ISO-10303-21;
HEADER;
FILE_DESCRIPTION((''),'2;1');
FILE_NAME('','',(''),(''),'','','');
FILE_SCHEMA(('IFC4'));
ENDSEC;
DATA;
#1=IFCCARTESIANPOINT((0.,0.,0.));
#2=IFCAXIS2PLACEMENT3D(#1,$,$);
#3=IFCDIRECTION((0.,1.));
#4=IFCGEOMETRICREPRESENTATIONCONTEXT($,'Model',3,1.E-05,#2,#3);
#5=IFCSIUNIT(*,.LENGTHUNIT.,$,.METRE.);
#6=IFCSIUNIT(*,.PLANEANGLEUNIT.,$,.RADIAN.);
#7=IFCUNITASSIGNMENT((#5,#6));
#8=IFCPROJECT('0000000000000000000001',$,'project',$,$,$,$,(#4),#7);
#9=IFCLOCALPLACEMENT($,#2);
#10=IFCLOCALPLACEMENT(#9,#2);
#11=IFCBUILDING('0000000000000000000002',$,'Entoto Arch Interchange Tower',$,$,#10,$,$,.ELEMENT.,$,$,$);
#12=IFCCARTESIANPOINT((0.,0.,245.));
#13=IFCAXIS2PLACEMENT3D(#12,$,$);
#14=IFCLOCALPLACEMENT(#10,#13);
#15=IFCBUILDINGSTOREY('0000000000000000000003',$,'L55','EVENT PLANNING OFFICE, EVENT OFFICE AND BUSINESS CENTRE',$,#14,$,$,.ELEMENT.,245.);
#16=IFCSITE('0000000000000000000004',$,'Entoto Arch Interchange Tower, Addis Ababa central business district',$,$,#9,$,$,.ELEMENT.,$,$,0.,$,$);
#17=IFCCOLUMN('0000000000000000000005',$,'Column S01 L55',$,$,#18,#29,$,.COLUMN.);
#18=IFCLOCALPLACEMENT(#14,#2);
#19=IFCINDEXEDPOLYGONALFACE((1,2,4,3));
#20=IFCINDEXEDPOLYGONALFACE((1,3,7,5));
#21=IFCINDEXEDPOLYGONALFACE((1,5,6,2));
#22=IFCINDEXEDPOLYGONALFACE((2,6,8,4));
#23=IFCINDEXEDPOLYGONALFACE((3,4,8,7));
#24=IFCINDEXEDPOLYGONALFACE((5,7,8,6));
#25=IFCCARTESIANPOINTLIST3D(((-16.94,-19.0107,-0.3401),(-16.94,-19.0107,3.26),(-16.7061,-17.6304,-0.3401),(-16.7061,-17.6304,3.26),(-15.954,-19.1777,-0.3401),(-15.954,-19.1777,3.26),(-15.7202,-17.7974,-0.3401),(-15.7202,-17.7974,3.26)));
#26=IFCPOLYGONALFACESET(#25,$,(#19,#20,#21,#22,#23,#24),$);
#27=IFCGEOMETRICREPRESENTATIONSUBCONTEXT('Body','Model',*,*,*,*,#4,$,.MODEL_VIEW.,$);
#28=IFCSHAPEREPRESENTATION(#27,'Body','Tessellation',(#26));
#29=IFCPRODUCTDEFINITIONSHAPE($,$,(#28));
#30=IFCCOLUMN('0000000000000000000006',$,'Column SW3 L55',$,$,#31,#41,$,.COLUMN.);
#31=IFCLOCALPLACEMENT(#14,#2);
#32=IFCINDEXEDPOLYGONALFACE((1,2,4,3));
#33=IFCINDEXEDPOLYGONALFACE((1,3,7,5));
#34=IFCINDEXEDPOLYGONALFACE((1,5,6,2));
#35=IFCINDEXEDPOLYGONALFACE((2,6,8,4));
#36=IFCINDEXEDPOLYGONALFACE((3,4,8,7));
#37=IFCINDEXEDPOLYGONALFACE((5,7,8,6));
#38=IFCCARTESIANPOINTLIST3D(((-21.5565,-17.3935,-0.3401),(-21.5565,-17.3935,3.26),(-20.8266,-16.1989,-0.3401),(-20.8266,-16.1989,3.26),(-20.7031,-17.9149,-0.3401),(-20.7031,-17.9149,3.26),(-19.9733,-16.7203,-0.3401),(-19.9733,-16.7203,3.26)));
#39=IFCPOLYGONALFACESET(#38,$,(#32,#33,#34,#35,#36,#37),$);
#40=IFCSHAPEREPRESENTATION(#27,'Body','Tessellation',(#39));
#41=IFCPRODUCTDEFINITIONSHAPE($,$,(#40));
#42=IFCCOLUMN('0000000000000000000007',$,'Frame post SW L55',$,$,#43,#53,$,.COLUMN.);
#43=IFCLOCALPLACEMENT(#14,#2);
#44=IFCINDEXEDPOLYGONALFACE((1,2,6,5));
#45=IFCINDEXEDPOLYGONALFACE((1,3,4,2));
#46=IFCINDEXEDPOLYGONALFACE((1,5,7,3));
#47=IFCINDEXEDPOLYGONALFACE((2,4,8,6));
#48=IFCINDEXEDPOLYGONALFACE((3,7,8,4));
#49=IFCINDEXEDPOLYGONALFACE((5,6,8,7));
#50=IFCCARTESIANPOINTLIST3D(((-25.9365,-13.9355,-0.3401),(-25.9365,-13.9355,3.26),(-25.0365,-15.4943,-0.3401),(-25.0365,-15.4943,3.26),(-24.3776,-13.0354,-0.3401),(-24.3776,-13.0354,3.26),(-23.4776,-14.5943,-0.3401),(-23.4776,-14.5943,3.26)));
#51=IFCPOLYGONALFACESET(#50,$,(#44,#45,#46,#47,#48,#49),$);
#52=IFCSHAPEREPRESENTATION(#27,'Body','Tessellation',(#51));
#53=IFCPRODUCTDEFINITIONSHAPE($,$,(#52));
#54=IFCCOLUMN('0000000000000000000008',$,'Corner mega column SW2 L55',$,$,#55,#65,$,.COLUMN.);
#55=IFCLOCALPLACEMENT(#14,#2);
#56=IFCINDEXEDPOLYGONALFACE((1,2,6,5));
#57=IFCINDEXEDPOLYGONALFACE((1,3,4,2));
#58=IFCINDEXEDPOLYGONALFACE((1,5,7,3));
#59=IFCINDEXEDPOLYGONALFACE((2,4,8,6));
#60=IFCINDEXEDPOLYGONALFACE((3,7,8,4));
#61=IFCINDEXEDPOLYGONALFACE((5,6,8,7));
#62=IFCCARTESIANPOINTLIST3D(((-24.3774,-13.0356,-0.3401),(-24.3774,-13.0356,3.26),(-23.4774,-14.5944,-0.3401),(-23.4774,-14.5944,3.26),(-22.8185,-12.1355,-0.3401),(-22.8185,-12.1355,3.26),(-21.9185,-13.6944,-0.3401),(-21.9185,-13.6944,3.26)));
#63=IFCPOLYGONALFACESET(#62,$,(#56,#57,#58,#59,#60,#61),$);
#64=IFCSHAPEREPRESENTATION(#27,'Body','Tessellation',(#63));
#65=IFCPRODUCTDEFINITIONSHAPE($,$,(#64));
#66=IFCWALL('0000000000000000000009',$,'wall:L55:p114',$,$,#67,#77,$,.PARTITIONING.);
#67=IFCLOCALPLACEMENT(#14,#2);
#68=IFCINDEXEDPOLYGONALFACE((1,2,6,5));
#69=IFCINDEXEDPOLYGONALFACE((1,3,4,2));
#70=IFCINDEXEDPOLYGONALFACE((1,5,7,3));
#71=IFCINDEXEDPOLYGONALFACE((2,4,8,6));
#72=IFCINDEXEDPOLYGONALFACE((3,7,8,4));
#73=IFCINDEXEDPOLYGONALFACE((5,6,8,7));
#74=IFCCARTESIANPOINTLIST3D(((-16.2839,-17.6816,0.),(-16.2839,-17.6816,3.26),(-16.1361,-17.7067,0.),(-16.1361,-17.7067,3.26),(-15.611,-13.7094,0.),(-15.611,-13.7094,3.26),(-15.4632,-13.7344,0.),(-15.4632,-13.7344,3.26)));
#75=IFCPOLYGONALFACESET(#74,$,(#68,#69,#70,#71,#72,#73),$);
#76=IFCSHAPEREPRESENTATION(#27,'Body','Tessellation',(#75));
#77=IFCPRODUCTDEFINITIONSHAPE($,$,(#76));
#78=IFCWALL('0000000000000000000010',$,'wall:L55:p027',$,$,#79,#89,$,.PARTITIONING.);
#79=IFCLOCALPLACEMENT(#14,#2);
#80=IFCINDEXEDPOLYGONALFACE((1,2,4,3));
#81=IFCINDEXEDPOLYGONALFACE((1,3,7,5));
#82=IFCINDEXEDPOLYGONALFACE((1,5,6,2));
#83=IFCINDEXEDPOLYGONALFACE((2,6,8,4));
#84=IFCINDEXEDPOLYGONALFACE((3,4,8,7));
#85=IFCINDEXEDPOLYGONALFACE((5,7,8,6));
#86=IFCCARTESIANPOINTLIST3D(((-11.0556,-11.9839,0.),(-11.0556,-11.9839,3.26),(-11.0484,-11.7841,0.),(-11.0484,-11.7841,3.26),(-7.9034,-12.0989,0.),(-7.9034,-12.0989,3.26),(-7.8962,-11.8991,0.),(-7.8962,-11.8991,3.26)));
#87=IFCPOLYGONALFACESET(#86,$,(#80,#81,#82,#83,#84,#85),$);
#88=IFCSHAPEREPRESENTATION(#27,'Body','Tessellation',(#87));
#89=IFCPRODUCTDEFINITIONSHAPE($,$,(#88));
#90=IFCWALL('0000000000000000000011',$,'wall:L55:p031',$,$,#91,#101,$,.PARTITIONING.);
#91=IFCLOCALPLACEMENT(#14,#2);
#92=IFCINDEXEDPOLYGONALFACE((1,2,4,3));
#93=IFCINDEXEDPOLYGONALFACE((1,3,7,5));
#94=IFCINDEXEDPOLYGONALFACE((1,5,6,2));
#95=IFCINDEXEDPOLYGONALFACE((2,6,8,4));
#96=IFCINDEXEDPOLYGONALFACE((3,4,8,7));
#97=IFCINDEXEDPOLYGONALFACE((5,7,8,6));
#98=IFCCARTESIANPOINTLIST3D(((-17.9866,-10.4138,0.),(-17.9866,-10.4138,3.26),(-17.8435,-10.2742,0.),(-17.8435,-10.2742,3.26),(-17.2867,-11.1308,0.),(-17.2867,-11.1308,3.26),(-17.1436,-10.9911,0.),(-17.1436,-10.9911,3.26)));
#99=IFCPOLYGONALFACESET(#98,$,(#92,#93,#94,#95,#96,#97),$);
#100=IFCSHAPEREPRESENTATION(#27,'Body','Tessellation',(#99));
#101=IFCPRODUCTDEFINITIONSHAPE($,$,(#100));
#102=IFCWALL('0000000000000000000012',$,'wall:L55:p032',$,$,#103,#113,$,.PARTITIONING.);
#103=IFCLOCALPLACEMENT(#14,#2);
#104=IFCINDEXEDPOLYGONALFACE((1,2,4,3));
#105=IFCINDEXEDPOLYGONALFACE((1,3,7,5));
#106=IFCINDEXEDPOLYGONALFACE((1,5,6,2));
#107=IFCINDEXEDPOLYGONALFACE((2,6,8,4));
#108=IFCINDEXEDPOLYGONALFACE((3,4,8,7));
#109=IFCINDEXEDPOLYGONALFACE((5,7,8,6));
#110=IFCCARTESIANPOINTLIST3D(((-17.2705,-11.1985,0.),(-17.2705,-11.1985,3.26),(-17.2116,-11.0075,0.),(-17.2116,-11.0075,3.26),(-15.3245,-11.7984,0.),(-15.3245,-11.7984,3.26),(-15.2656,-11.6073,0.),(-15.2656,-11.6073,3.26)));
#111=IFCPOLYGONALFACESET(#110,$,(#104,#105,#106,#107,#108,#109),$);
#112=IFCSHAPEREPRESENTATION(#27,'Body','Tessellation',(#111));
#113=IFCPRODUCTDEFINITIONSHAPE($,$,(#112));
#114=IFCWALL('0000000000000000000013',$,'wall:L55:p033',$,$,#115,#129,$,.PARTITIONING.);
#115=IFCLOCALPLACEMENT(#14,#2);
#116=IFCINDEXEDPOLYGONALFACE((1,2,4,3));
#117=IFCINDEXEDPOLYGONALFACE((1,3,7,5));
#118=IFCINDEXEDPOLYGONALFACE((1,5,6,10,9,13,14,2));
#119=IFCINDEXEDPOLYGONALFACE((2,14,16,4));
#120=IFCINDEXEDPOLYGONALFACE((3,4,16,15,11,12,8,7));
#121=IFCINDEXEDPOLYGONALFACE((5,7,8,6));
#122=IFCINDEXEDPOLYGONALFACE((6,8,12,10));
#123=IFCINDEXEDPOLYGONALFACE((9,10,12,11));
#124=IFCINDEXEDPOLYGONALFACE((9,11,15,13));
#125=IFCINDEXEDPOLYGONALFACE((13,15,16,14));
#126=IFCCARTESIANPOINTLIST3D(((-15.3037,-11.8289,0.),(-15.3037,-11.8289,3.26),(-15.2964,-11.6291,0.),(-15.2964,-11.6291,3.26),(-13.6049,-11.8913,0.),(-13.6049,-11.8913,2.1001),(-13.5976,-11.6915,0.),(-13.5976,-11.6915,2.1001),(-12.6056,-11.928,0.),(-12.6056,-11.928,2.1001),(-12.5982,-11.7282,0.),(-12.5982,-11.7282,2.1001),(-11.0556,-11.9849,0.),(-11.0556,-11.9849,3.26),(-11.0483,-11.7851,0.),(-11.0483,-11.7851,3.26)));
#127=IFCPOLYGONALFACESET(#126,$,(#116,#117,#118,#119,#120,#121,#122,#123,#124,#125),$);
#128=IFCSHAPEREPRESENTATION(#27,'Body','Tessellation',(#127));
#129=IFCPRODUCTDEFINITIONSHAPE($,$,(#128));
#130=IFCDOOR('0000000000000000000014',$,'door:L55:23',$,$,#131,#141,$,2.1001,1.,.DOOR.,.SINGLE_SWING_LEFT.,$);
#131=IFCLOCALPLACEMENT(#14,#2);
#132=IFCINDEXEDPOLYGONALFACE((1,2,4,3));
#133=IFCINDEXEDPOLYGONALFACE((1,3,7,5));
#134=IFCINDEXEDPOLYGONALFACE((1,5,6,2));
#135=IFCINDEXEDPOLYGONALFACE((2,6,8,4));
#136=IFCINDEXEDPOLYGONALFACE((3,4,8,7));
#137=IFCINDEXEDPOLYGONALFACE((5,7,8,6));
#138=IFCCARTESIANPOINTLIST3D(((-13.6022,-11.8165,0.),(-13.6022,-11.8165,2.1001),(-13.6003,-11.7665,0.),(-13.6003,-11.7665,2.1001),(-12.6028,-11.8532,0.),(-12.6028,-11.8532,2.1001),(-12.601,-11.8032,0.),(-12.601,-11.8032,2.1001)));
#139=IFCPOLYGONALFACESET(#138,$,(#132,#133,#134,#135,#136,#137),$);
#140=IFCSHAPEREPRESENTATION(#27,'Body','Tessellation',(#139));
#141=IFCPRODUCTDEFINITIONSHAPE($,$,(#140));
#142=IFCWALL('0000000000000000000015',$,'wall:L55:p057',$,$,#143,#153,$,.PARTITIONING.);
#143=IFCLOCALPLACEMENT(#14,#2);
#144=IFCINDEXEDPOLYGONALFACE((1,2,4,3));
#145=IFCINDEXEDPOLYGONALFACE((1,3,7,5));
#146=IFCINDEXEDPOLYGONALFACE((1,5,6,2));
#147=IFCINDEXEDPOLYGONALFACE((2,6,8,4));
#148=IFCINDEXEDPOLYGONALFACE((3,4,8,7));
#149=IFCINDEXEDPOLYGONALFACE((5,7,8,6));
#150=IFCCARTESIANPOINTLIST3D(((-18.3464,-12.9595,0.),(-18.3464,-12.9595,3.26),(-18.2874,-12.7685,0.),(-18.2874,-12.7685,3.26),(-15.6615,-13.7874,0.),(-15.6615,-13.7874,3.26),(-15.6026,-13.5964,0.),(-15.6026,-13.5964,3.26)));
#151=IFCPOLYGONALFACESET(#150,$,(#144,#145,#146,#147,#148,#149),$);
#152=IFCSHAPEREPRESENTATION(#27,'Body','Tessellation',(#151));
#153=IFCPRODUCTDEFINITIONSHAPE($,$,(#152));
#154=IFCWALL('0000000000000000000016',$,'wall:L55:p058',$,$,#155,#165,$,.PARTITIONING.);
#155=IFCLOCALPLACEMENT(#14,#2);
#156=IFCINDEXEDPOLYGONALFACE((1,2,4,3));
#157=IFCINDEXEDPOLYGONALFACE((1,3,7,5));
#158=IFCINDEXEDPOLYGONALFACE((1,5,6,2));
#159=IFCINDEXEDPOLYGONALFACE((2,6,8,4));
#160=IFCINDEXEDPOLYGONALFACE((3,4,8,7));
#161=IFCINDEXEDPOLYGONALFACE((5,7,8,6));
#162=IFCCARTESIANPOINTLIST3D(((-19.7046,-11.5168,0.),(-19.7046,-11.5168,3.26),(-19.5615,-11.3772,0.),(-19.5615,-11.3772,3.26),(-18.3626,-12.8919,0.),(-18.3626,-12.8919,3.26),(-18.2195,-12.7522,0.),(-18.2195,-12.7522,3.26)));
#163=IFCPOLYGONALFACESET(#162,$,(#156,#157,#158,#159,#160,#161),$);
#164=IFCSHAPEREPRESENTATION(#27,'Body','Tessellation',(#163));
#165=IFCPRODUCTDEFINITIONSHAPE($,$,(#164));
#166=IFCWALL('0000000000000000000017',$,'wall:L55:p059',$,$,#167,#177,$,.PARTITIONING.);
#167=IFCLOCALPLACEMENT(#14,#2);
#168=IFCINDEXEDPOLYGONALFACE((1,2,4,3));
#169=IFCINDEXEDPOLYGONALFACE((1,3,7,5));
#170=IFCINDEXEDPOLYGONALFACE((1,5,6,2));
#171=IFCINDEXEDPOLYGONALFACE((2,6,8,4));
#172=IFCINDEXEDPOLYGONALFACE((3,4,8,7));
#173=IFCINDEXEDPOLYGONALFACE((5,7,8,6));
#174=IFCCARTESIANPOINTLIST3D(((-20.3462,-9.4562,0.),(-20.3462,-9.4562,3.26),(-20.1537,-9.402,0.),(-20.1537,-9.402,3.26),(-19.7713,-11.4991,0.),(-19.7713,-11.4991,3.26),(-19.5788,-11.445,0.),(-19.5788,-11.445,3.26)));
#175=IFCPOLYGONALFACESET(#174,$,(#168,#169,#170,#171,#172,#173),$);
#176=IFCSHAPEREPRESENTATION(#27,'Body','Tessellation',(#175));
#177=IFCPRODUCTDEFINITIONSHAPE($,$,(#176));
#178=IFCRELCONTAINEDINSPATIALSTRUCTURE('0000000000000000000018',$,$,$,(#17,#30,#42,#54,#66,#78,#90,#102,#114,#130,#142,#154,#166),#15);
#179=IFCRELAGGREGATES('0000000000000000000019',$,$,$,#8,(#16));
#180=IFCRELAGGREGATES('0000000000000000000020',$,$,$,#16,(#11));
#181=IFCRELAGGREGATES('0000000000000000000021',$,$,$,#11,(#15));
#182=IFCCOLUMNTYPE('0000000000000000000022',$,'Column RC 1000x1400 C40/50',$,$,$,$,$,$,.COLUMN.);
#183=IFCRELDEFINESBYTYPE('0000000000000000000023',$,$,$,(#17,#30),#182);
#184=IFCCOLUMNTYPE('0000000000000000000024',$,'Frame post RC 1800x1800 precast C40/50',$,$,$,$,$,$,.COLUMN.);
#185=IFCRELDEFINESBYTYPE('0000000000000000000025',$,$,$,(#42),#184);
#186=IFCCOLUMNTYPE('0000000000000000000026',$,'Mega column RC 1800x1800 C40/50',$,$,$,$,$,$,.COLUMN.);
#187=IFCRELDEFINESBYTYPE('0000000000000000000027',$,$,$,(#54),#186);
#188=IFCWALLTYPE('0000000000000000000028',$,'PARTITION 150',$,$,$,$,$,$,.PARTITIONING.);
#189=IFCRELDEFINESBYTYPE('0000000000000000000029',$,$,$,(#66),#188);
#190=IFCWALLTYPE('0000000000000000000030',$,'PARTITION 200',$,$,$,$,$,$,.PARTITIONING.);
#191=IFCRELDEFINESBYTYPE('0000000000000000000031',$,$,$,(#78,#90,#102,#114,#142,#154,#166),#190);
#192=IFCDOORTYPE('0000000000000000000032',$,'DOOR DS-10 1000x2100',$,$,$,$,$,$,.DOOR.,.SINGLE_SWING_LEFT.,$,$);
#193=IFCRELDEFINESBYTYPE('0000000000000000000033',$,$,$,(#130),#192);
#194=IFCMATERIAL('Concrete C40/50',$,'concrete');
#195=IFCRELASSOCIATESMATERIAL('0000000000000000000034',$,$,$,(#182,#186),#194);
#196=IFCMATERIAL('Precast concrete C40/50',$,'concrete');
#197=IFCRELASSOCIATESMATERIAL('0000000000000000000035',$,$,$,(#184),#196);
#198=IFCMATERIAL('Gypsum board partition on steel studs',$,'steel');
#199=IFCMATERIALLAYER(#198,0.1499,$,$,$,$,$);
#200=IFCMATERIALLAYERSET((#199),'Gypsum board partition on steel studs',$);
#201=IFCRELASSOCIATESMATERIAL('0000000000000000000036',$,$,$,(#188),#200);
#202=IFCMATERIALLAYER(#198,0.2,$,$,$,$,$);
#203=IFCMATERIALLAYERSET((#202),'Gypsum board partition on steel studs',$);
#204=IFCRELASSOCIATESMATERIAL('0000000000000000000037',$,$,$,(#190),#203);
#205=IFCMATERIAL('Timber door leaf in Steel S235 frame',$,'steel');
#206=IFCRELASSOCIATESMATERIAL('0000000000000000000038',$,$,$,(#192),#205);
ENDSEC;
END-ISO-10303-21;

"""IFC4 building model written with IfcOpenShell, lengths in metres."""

from ifc_helpers import new_model, si_unit, direction, frame, frame_2d, origin, origin_2d, place, context, subcontext, project, spatial, rectangle, extrude, material, layer, layer_set, material_profile, profile_set, type_object, element, fill, save


model = new_model("IFC4")

# Units and contexts
model_context = context("Model", 3, precision=1e-05, world=origin(), true_north=direction((0.0, 1.0)))
body_context = subcontext(model_context, "Body", "Model", "MODEL_VIEW")
ifc_project = project(units=[si_unit("LENGTHUNIT", "METRE"), si_unit("PLANEANGLEUNIT", "RADIAN")], contexts=[model_context])

# Site, building, storey
site_placement = place(None, origin())
site = spatial("IfcSite", under=ifc_project, at=site_placement, Name="Entoto Arch Interchange Tower, Addis Ababa central business district", CompositionType="ELEMENT", RefElevation=0.0)
building_placement = place(site_placement, origin())
building = spatial("IfcBuilding", under=site, at=building_placement, Name="Entoto Arch Interchange Tower", CompositionType="ELEMENT")
storey_placement = place(building_placement, frame((0.0, 0.0, 245.0)))
storey = spatial("IfcBuildingStorey", under=building, at=storey_placement, Name="L55", Description="EVENT PLANNING OFFICE, EVENT OFFICE AND BUSINESS CENTRE", CompositionType="ELEMENT", Elevation=245.0)

# Columns
ifc_material_1 = material(Name="Concrete C40/50", Category="concrete")
ifc_material_profile_1 = material_profile(ifc_material_1, rectangle(XDim=1.0, YDim=1.3999, at=origin_2d()))
ifc_profile_set_1 = profile_set([ifc_material_profile_1], Name="Concrete C40/50")
column_type_1 = type_object("IfcColumnType", Name="Column RC 1000x1400 C40/50", PredefinedType="COLUMN", material=ifc_profile_set_1)
for number, where, z_axis, x_axis, name in (
    (1, (-16.3301, -18.4041, -0.3401), (0.0, 0.0, 1.0), (-0.985952, 0.167027, 0.0), "Column S01 L55"),
    (2, (-20.7649, -17.0569, -0.3401), (0.0, 0.0, 1.0), (-0.853342, 0.521352, 0.0), "Column SW3 L55"),
):
    element("IfcColumn", number, at=place(storey_placement, frame(where, z_axis=z_axis, x_axis=x_axis)), inside=storey, type_object=column_type_1, Name=name, PredefinedType="COLUMN", context=body_context, shape_type="SweptSolid", body=[
        extrude(rectangle(XDim=1.0, YDim=1.3999, at=origin_2d()), origin(), (0.0, 0.0, 1.0), 3.6001),
    ])
ifc_material_2 = material(Name="Precast concrete C40/50", Category="concrete")
ifc_material_profile_2 = material_profile(ifc_material_2, rectangle(XDim=1.8, YDim=1.8, at=origin_2d()))
ifc_profile_set_2 = profile_set([ifc_material_profile_2], Name="Precast concrete C40/50")
column_type_2 = type_object("IfcColumnType", Name="Frame post RC 1800x1800 precast C40/50", PredefinedType="COLUMN", material=ifc_profile_set_2)
column_1_placement = place(storey_placement, frame((-24.707, -14.2649, -0.3401), z_axis=(0.0, 0.0, 1.0), x_axis=(0.866025, 0.5, 0.0)))
element("IfcColumn", 3, at=column_1_placement, inside=storey, type_object=column_type_2, Name="Frame post SW L55", PredefinedType="COLUMN", context=body_context, shape_type="SweptSolid", body=[
    extrude(rectangle(XDim=1.8, YDim=1.8, at=origin_2d()), origin(), (0.0, 0.0, 1.0), 3.6001),
])
ifc_material_profile_3 = material_profile(ifc_material_1, rectangle(XDim=1.8, YDim=1.8, at=origin_2d()))
ifc_profile_set_3 = profile_set([ifc_material_profile_3], Name="Concrete C40/50")
column_type_3 = type_object("IfcColumnType", Name="Mega column RC 1800x1800 C40/50", PredefinedType="COLUMN", material=ifc_profile_set_3)
column_2_placement = place(storey_placement, frame((-23.1479, -13.365, -0.3401), z_axis=(0.0, 0.0, 1.0), x_axis=(0.866025, 0.5, 0.0)))
element("IfcColumn", 4, at=column_2_placement, inside=storey, type_object=column_type_3, Name="Corner mega column SW2 L55", PredefinedType="COLUMN", context=body_context, shape_type="SweptSolid", body=[
    extrude(rectangle(XDim=1.8, YDim=1.8, at=origin_2d()), origin(), (0.0, 0.0, 1.0), 3.6001),
])

# Walls
ifc_material_3 = material(Name="Gypsum board partition on steel studs", Category="steel")
ifc_layer_1 = layer(ifc_material_3, 0.1499)
ifc_layer_set_1 = layer_set([ifc_layer_1], Name="Gypsum board partition on steel studs")
wall_type_1 = type_object("IfcWallType", Name="PARTITION 150", PredefinedType="PARTITIONING", material=ifc_layer_set_1)
wall_1_placement = place(storey_placement, frame((-15.5371, -13.7219, 0.0), z_axis=(0.0, 0.0, 1.0), x_axis=(-0.167012, -0.985955, 0.0)))
element("IfcWall", 5, at=wall_1_placement, inside=storey, type_object=wall_type_1, Name="wall:L55:p114", PredefinedType="PARTITIONING", context=body_context, shape_type="SweptSolid", body=[
    extrude(rectangle(XDim=4.0288, YDim=0.1499, at=frame_2d((2.0144, 0.0))), origin(), (0.0, 0.0, 1.0), 3.26),
])
ifc_layer_2 = layer(ifc_material_3, 0.2)
ifc_layer_set_2 = layer_set([ifc_layer_2], Name="Gypsum board partition on steel studs")
wall_type_2 = type_object("IfcWallType", Name="PARTITION 200", PredefinedType="PARTITIONING", material=ifc_layer_set_2)
wall_2_placement = place(storey_placement, frame((-11.052, -11.884, 0.0), z_axis=(0.0, 0.0, 1.0), x_axis=(0.999335, -0.036456, 0.0)))
element("IfcWall", 6, at=wall_2_placement, inside=storey, type_object=wall_type_2, Name="wall:L55:p027", PredefinedType="PARTITIONING", context=body_context, shape_type="SweptSolid", body=[
    extrude(rectangle(XDim=3.1543, YDim=0.2, at=frame_2d((1.5771, 0.0))), origin(), (0.0, 0.0, 1.0), 3.26),
])
wall_3_placement = place(storey_placement, frame((-17.915, -10.344, 0.0), z_axis=(0.0, 0.0, 1.0), x_axis=(0.698528, -0.715583, 0.0)))
element("IfcWall", 7, at=wall_3_placement, inside=storey, type_object=wall_type_2, Name="wall:L55:p031", PredefinedType="PARTITIONING", context=body_context, shape_type="SweptSolid", body=[
    extrude(rectangle(XDim=1.002, YDim=0.2, at=frame_2d((0.501, 0.0))), origin(), (0.0, 0.0, 1.0), 3.26),
])
wall_4_placement = place(storey_placement, frame((-17.241, -11.103, 0.0), z_axis=(0.0, 0.0, 1.0), x_axis=(0.955631, -0.294566, 0.0)))
element("IfcWall", 8, at=wall_4_placement, inside=storey, type_object=wall_type_2, Name="wall:L55:p032", PredefinedType="PARTITIONING", context=body_context, shape_type="SweptSolid", body=[
    extrude(rectangle(XDim=2.0364, YDim=0.2, at=frame_2d((1.0181, 0.0))), origin(), (0.0, 0.0, 1.0), 3.26),
])

# Wall, opening, door
wall_5_placement = place(storey_placement, frame((-15.3, -11.729, 0.0), z_axis=(0.0, 0.0, 1.0), x_axis=(0.999326, -0.036699, 0.0)))
wall_5 = element("IfcWall", 9, at=wall_5_placement, inside=storey, type_object=wall_type_2, Name="wall:L55:p033", PredefinedType="PARTITIONING", context=body_context, shape_type="SweptSolid", body=[
    extrude(rectangle(XDim=4.251, YDim=0.2, at=frame_2d((2.1255, 0.0))), origin(), (0.0, 0.0, 1.0), 3.26),
])
opening_1_placement = place(wall_5_placement, frame((1.7, 0.0, 0.0)))
opening_1 = element("IfcOpeningElement", 10, at=opening_1_placement, cuts=wall_5, PredefinedType="OPENING", context=body_context, shape_type="SweptSolid", body=[
    extrude(rectangle(XDim=1.0, YDim=2.1001, at=frame_2d((0.5, 1.05))), frame((0.0, 0.1099, 0.0), z_axis=(0.0, -1.0, 0.0), x_axis=(1.0, 0.0, 0.0)), (0.0, 0.0, 1.0), 0.22),
])
ifc_material_4 = material(Name="Timber door leaf in Steel S235 frame", Category="steel")
door_type = type_object("IfcDoorType", Name="DOOR DS-10 1000x2100", OperationType="SINGLE_SWING_LEFT", PredefinedType="DOOR", material=ifc_material_4)
door_placement = place(opening_1_placement, origin())
door = element("IfcDoor", 11, at=door_placement, inside=storey, type_object=door_type, Name="door:L55:23", OperationType="SINGLE_SWING_LEFT", OverallHeight=2.1001, OverallWidth=1.0, PredefinedType="DOOR", context=body_context, shape_type="SweptSolid", body=[
    extrude(rectangle(XDim=1.0, YDim=2.1001, at=frame_2d((0.5, 1.05))), frame((0.0, 0.0249, 0.0), z_axis=(0.0, -1.0, 0.0), x_axis=(1.0, 0.0, 0.0)), (0.0, 0.0, 1.0), 0.05),
])
fill(opening_1, door)

# Walls
wall_6_placement = place(storey_placement, frame((-15.6321, -13.6919, 0.0), z_axis=(0.0, 0.0, 1.0), x_axis=(-0.9556, 0.294666, 0.0)))
element("IfcWall", 12, at=wall_6_placement, inside=storey, type_object=wall_type_2, Name="wall:L55:p057", PredefinedType="PARTITIONING", context=body_context, shape_type="SweptSolid", body=[
    extrude(rectangle(XDim=2.8096, YDim=0.2, at=frame_2d((1.4048, 0.0))), origin(), (0.0, 0.0, 1.0), 3.26),
])
wall_7_placement = place(storey_placement, frame((-18.291, -12.822, 0.0), z_axis=(0.0, 0.0, 1.0), x_axis=(-0.698478, 0.715632, 0.0)))
element("IfcWall", 13, at=wall_7_placement, inside=storey, type_object=wall_type_2, Name="wall:L55:p058", PredefinedType="PARTITIONING", context=body_context, shape_type="SweptSolid", body=[
    extrude(rectangle(XDim=1.9214, YDim=0.2, at=frame_2d((0.9607, 0.0))), origin(), (0.0, 0.0, 1.0), 3.26),
])
wall_8_placement = place(storey_placement, frame((-19.675, -11.4719, 0.0), z_axis=(0.0, 0.0, 1.0), x_axis=(-0.270905, 0.962606, 0.0)))
element("IfcWall", 14, at=wall_8_placement, inside=storey, type_object=wall_type_2, Name="wall:L55:p059", PredefinedType="PARTITIONING", context=body_context, shape_type="SweptSolid", body=[
    extrude(rectangle(XDim=2.1223, YDim=0.2, at=frame_2d((1.061, 0.0))), origin(), (0.0, 0.0, 1.0), 3.26),
])

save(model, "model.ifc")
